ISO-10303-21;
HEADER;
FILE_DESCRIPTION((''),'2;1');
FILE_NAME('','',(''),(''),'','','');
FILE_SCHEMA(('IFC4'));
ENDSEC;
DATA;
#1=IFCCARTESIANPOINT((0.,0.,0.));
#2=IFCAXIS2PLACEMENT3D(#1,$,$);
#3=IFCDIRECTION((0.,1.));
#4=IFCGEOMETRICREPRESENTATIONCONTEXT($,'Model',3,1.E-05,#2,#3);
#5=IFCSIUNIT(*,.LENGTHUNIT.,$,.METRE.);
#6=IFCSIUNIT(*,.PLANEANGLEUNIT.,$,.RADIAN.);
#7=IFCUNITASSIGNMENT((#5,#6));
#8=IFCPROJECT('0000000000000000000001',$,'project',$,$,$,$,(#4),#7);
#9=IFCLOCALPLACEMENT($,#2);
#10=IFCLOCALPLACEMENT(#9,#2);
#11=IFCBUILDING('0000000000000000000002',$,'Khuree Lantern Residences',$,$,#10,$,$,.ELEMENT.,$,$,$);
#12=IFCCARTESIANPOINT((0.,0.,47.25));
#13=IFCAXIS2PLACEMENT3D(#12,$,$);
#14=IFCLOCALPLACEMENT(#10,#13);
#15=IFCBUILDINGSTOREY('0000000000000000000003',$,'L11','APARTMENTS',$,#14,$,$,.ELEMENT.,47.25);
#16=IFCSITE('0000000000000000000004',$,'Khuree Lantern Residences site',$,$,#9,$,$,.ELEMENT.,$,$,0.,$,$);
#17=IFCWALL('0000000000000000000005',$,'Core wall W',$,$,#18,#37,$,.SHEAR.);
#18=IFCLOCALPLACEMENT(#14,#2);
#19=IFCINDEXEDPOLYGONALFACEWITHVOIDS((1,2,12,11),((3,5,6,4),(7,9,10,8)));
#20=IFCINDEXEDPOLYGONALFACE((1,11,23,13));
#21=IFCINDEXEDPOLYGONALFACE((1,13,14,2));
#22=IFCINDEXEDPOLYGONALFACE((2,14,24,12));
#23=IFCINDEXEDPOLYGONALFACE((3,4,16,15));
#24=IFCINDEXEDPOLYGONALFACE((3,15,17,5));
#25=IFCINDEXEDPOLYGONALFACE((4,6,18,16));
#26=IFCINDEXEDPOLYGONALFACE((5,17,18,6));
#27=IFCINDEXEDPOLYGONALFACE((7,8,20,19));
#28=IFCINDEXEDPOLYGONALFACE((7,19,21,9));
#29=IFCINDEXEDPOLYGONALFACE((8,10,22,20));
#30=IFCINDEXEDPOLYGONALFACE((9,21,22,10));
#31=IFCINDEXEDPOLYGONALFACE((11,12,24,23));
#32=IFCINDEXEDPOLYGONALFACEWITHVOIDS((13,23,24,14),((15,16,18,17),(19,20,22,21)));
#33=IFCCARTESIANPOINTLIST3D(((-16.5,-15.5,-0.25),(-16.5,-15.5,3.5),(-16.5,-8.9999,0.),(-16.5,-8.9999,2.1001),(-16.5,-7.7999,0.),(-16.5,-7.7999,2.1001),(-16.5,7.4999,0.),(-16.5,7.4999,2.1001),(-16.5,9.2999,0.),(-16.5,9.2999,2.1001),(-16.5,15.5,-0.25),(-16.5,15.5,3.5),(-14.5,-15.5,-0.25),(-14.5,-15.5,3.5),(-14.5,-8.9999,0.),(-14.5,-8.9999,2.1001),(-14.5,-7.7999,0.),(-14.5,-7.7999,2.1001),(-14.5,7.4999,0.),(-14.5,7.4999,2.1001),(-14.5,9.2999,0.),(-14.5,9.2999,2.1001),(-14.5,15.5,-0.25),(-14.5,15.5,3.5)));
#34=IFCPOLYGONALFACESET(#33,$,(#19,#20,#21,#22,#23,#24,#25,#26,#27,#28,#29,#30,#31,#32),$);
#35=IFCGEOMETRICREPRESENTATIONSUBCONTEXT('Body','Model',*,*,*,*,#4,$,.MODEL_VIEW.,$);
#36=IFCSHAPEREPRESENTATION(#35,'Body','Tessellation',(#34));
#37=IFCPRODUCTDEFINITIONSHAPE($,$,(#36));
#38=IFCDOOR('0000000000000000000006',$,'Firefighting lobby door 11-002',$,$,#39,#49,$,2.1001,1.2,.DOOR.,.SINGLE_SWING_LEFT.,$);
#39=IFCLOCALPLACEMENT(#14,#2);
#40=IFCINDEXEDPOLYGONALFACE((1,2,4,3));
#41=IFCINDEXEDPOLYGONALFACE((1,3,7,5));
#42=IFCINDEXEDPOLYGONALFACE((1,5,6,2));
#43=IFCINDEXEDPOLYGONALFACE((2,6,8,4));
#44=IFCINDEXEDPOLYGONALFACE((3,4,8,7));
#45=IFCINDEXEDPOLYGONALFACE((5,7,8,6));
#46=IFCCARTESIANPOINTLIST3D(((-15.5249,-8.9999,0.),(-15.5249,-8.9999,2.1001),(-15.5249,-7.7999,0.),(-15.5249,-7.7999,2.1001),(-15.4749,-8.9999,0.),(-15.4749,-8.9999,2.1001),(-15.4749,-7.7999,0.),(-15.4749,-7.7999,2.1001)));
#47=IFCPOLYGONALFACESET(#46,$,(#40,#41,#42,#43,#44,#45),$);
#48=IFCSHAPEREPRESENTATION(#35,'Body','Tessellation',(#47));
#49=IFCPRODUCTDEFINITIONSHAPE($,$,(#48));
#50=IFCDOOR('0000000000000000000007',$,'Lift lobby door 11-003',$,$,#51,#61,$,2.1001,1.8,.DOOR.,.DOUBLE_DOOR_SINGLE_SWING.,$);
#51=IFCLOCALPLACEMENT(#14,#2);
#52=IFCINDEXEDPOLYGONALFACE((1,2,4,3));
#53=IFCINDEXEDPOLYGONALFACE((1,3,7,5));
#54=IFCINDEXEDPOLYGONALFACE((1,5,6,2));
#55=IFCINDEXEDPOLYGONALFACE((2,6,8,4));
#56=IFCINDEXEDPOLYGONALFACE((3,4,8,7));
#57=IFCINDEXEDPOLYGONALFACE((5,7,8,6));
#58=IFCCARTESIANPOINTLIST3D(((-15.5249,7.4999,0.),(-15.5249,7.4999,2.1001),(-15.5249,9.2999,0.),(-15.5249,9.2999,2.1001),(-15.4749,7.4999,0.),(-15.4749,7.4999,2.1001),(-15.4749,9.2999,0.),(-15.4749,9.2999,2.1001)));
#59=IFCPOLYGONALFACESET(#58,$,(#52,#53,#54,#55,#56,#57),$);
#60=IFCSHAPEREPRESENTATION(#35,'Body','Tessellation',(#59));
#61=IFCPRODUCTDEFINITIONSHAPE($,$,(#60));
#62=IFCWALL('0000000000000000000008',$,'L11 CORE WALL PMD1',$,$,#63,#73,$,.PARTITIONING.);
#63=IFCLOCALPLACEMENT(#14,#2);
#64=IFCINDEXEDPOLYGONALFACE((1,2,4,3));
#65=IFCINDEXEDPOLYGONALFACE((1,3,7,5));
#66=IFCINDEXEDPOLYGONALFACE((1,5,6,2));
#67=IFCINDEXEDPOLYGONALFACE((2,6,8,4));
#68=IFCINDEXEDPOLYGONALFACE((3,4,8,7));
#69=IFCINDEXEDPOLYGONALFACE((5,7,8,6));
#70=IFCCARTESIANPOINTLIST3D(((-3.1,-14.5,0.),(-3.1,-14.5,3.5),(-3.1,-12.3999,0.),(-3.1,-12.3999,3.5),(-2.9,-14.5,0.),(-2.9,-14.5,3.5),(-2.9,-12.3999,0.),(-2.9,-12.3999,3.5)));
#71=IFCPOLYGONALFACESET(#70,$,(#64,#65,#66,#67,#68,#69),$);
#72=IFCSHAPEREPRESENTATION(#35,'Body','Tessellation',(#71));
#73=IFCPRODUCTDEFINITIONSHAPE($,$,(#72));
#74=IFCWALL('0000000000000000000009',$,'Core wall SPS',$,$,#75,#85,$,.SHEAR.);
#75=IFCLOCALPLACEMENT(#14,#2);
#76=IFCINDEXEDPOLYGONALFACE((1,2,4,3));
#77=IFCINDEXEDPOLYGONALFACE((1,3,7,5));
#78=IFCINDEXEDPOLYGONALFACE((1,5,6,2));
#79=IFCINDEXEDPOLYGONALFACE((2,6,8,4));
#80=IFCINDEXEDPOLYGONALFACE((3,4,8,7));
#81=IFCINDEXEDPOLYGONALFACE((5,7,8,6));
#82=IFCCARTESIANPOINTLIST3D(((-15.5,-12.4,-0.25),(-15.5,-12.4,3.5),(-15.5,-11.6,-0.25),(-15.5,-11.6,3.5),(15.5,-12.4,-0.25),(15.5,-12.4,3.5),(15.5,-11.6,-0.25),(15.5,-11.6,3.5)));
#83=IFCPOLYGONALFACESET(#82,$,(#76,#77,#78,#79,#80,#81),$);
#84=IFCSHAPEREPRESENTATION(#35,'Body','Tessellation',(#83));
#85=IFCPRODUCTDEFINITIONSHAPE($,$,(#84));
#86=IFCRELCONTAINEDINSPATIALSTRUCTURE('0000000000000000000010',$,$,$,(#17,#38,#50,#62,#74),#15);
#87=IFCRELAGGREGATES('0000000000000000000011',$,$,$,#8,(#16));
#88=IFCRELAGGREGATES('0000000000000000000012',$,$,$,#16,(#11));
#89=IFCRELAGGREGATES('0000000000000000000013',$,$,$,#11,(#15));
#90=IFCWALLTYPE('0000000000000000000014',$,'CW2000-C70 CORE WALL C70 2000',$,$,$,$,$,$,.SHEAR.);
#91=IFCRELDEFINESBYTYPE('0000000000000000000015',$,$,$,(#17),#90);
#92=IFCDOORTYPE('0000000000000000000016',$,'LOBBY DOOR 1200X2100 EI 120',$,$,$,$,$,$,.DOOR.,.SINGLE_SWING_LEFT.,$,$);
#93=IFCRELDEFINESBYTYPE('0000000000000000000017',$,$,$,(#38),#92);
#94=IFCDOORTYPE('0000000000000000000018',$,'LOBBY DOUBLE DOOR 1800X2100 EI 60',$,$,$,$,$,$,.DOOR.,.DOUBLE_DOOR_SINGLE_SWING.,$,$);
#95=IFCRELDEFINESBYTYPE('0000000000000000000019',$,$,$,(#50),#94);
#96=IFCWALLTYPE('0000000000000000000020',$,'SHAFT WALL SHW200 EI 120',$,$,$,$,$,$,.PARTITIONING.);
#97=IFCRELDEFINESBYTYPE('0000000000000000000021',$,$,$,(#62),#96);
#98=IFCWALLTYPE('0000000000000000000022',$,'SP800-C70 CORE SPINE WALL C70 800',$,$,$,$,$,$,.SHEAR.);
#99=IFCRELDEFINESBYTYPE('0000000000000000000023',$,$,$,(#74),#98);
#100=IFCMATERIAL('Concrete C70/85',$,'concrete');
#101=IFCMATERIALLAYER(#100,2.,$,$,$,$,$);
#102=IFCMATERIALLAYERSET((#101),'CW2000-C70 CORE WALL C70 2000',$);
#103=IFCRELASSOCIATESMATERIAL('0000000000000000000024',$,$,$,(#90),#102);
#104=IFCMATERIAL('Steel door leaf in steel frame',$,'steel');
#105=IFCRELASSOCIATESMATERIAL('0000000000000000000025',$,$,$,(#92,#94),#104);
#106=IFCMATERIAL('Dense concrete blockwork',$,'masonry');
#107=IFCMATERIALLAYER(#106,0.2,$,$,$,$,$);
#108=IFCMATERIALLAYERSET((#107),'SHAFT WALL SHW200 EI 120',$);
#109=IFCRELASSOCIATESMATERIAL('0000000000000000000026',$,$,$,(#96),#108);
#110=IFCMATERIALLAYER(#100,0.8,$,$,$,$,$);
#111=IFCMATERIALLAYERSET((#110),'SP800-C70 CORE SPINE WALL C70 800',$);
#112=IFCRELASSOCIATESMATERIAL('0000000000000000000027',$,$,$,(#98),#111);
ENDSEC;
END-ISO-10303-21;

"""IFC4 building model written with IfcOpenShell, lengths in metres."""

from ifc_helpers import new_model, si_unit, direction, frame, frame_2d, origin, place, context, subcontext, project, spatial, rectangle, extrude, material, layer, layer_set, type_object, element, fill, save


model = new_model("IFC4")

# Units and contexts
model_context = context("Model", 3, precision=1e-05, world=origin(), true_north=direction((0.0, 1.0)))
body_context = subcontext(model_context, "Body", "Model", "MODEL_VIEW")
ifc_project = project(units=[si_unit("LENGTHUNIT", "METRE"), si_unit("PLANEANGLEUNIT", "RADIAN")], contexts=[model_context])

# Site, building, storey
site_placement = place(None, origin())
site = spatial("IfcSite", under=ifc_project, at=site_placement, Name="Khuree Lantern Residences site", CompositionType="ELEMENT", RefElevation=0.0)
building_placement = place(site_placement, origin())
building = spatial("IfcBuilding", under=site, at=building_placement, Name="Khuree Lantern Residences", CompositionType="ELEMENT")
storey_placement = place(building_placement, frame((0.0, 0.0, 47.25)))
storey = spatial("IfcBuildingStorey", under=building, at=storey_placement, Name="L11", Description="APARTMENTS", CompositionType="ELEMENT", Elevation=47.25)

# Shared definitions
ifc_material_1 = material(Name="Concrete C70/85", Category="concrete")

# Shared definitions
ifc_material_2 = material(Name="Dense concrete blockwork", Category="masonry")

# Shared definitions
ifc_layer_1 = layer(ifc_material_1, 2.0)
ifc_layer_set_1 = layer_set([ifc_layer_1], Name="CW2000-C70 CORE WALL C70 2000")
wall_type_1 = type_object("IfcWallType", Name="CW2000-C70 CORE WALL C70 2000", PredefinedType="SHEAR", material=ifc_layer_set_1)

# Wall, openings, doors
wall_1_placement = place(storey_placement, frame((-15.5, -15.5, -0.25), z_axis=(0.0, 0.0, 1.0), x_axis=(0.0, 1.0, 0.0)))
wall_1 = element("IfcWall", 1, at=wall_1_placement, inside=storey, type_object=wall_type_1, Name="Core wall W", PredefinedType="SHEAR", context=body_context, shape_type="SweptSolid", body=[
    extrude(rectangle(XDim=31.0, YDim=2.0, at=frame_2d((15.5, 0.0))), origin(), (0.0, 0.0, 1.0), 3.75),
])
opening_1_placement = place(wall_1_placement, frame((6.5, 0.0, 0.25)))
opening_1 = element("IfcOpeningElement", 2, at=opening_1_placement, cuts=wall_1, PredefinedType="OPENING", context=body_context, shape_type="SweptSolid", body=[
    extrude(rectangle(XDim=1.2, YDim=2.1001, at=frame_2d((0.6001, 1.05))), frame((0.0, 1.01, 0.0), z_axis=(0.0, -1.0, 0.0), x_axis=(1.0, 0.0, 0.0)), (0.0, 0.0, 1.0), 2.02),
])
opening_2_placement = place(wall_1_placement, frame((23.0, 0.0, 0.25)))
opening_2 = element("IfcOpeningElement", 3, at=opening_2_placement, cuts=wall_1, PredefinedType="OPENING", context=body_context, shape_type="SweptSolid", body=[
    extrude(rectangle(XDim=1.8, YDim=2.1001, at=frame_2d((0.8999, 1.05))), frame((0.0, 1.01, 0.0), z_axis=(0.0, -1.0, 0.0), x_axis=(1.0, 0.0, 0.0)), (0.0, 0.0, 1.0), 2.02),
])
ifc_material_3 = material(Name="Steel door leaf in steel frame", Category="steel")
door_type_1 = type_object("IfcDoorType", Name="LOBBY DOOR 1200X2100 EI 120", OperationType="SINGLE_SWING_LEFT", PredefinedType="DOOR", material=ifc_material_3)
door_1_placement = place(opening_1_placement, origin())
door_1 = element("IfcDoor", 4, at=door_1_placement, inside=storey, type_object=door_type_1, Name="Firefighting lobby door 11-002", OperationType="SINGLE_SWING_LEFT", OverallHeight=2.1001, OverallWidth=1.2, PredefinedType="DOOR", context=body_context, shape_type="SweptSolid", body=[
    extrude(rectangle(XDim=1.2, YDim=2.1001, at=frame_2d((0.6001, 1.05))), frame((0.0, 0.0249, 0.0), z_axis=(0.0, -1.0, 0.0), x_axis=(1.0, 0.0, 0.0)), (0.0, 0.0, 1.0), 0.05),
])
fill(opening_1, door_1)
door_type_2 = type_object("IfcDoorType", Name="LOBBY DOUBLE DOOR 1800X2100 EI 60", OperationType="DOUBLE_DOOR_SINGLE_SWING", PredefinedType="DOOR", material=ifc_material_3)
door_2_placement = place(opening_2_placement, origin())
door_2 = element("IfcDoor", 5, at=door_2_placement, inside=storey, type_object=door_type_2, Name="Lift lobby door 11-003", OperationType="DOUBLE_DOOR_SINGLE_SWING", OverallHeight=2.1001, OverallWidth=1.8, PredefinedType="DOOR", context=body_context, shape_type="SweptSolid", body=[
    extrude(rectangle(XDim=1.8, YDim=2.1001, at=frame_2d((0.8999, 1.05))), frame((0.0, 0.0249, 0.0), z_axis=(0.0, -1.0, 0.0), x_axis=(1.0, 0.0, 0.0)), (0.0, 0.0, 1.0), 0.05),
])
fill(opening_2, door_2)

# Walls
ifc_layer_2 = layer(ifc_material_2, 0.2)
ifc_layer_set_2 = layer_set([ifc_layer_2], Name="SHAFT WALL SHW200 EI 120")
wall_type_2 = type_object("IfcWallType", Name="SHAFT WALL SHW200 EI 120", PredefinedType="PARTITIONING", material=ifc_layer_set_2)
wall_2_placement = place(storey_placement, frame((-3.0, -14.5, 0.0), z_axis=(0.0, 0.0, 1.0), x_axis=(0.0, 1.0, 0.0)))
element("IfcWall", 6, at=wall_2_placement, inside=storey, type_object=wall_type_2, Name="L11 CORE WALL PMD1", PredefinedType="PARTITIONING", context=body_context, shape_type="SweptSolid", body=[
    extrude(rectangle(XDim=2.1001, YDim=0.2, at=frame_2d((1.05, 0.0))), origin(), (0.0, 0.0, 1.0), 3.5),
])
ifc_layer_3 = layer(ifc_material_1, 0.8)
ifc_layer_set_3 = layer_set([ifc_layer_3], Name="SP800-C70 CORE SPINE WALL C70 800")
wall_type_3 = type_object("IfcWallType", Name="SP800-C70 CORE SPINE WALL C70 800", PredefinedType="SHEAR", material=ifc_layer_set_3)
wall_3_placement = place(storey_placement, frame((-15.5, -12.0, -0.25), z_axis=(0.0, 0.0, 1.0), x_axis=(1.0, 0.0, 0.0)))
element("IfcWall", 7, at=wall_3_placement, inside=storey, type_object=wall_type_3, Name="Core wall SPS", PredefinedType="SHEAR", context=body_context, shape_type="SweptSolid", body=[
    extrude(rectangle(XDim=31.0, YDim=0.8, at=frame_2d((15.5, 0.0))), origin(), (0.0, 0.0, 1.0), 3.75),
])

save(model, "model.ifc")
